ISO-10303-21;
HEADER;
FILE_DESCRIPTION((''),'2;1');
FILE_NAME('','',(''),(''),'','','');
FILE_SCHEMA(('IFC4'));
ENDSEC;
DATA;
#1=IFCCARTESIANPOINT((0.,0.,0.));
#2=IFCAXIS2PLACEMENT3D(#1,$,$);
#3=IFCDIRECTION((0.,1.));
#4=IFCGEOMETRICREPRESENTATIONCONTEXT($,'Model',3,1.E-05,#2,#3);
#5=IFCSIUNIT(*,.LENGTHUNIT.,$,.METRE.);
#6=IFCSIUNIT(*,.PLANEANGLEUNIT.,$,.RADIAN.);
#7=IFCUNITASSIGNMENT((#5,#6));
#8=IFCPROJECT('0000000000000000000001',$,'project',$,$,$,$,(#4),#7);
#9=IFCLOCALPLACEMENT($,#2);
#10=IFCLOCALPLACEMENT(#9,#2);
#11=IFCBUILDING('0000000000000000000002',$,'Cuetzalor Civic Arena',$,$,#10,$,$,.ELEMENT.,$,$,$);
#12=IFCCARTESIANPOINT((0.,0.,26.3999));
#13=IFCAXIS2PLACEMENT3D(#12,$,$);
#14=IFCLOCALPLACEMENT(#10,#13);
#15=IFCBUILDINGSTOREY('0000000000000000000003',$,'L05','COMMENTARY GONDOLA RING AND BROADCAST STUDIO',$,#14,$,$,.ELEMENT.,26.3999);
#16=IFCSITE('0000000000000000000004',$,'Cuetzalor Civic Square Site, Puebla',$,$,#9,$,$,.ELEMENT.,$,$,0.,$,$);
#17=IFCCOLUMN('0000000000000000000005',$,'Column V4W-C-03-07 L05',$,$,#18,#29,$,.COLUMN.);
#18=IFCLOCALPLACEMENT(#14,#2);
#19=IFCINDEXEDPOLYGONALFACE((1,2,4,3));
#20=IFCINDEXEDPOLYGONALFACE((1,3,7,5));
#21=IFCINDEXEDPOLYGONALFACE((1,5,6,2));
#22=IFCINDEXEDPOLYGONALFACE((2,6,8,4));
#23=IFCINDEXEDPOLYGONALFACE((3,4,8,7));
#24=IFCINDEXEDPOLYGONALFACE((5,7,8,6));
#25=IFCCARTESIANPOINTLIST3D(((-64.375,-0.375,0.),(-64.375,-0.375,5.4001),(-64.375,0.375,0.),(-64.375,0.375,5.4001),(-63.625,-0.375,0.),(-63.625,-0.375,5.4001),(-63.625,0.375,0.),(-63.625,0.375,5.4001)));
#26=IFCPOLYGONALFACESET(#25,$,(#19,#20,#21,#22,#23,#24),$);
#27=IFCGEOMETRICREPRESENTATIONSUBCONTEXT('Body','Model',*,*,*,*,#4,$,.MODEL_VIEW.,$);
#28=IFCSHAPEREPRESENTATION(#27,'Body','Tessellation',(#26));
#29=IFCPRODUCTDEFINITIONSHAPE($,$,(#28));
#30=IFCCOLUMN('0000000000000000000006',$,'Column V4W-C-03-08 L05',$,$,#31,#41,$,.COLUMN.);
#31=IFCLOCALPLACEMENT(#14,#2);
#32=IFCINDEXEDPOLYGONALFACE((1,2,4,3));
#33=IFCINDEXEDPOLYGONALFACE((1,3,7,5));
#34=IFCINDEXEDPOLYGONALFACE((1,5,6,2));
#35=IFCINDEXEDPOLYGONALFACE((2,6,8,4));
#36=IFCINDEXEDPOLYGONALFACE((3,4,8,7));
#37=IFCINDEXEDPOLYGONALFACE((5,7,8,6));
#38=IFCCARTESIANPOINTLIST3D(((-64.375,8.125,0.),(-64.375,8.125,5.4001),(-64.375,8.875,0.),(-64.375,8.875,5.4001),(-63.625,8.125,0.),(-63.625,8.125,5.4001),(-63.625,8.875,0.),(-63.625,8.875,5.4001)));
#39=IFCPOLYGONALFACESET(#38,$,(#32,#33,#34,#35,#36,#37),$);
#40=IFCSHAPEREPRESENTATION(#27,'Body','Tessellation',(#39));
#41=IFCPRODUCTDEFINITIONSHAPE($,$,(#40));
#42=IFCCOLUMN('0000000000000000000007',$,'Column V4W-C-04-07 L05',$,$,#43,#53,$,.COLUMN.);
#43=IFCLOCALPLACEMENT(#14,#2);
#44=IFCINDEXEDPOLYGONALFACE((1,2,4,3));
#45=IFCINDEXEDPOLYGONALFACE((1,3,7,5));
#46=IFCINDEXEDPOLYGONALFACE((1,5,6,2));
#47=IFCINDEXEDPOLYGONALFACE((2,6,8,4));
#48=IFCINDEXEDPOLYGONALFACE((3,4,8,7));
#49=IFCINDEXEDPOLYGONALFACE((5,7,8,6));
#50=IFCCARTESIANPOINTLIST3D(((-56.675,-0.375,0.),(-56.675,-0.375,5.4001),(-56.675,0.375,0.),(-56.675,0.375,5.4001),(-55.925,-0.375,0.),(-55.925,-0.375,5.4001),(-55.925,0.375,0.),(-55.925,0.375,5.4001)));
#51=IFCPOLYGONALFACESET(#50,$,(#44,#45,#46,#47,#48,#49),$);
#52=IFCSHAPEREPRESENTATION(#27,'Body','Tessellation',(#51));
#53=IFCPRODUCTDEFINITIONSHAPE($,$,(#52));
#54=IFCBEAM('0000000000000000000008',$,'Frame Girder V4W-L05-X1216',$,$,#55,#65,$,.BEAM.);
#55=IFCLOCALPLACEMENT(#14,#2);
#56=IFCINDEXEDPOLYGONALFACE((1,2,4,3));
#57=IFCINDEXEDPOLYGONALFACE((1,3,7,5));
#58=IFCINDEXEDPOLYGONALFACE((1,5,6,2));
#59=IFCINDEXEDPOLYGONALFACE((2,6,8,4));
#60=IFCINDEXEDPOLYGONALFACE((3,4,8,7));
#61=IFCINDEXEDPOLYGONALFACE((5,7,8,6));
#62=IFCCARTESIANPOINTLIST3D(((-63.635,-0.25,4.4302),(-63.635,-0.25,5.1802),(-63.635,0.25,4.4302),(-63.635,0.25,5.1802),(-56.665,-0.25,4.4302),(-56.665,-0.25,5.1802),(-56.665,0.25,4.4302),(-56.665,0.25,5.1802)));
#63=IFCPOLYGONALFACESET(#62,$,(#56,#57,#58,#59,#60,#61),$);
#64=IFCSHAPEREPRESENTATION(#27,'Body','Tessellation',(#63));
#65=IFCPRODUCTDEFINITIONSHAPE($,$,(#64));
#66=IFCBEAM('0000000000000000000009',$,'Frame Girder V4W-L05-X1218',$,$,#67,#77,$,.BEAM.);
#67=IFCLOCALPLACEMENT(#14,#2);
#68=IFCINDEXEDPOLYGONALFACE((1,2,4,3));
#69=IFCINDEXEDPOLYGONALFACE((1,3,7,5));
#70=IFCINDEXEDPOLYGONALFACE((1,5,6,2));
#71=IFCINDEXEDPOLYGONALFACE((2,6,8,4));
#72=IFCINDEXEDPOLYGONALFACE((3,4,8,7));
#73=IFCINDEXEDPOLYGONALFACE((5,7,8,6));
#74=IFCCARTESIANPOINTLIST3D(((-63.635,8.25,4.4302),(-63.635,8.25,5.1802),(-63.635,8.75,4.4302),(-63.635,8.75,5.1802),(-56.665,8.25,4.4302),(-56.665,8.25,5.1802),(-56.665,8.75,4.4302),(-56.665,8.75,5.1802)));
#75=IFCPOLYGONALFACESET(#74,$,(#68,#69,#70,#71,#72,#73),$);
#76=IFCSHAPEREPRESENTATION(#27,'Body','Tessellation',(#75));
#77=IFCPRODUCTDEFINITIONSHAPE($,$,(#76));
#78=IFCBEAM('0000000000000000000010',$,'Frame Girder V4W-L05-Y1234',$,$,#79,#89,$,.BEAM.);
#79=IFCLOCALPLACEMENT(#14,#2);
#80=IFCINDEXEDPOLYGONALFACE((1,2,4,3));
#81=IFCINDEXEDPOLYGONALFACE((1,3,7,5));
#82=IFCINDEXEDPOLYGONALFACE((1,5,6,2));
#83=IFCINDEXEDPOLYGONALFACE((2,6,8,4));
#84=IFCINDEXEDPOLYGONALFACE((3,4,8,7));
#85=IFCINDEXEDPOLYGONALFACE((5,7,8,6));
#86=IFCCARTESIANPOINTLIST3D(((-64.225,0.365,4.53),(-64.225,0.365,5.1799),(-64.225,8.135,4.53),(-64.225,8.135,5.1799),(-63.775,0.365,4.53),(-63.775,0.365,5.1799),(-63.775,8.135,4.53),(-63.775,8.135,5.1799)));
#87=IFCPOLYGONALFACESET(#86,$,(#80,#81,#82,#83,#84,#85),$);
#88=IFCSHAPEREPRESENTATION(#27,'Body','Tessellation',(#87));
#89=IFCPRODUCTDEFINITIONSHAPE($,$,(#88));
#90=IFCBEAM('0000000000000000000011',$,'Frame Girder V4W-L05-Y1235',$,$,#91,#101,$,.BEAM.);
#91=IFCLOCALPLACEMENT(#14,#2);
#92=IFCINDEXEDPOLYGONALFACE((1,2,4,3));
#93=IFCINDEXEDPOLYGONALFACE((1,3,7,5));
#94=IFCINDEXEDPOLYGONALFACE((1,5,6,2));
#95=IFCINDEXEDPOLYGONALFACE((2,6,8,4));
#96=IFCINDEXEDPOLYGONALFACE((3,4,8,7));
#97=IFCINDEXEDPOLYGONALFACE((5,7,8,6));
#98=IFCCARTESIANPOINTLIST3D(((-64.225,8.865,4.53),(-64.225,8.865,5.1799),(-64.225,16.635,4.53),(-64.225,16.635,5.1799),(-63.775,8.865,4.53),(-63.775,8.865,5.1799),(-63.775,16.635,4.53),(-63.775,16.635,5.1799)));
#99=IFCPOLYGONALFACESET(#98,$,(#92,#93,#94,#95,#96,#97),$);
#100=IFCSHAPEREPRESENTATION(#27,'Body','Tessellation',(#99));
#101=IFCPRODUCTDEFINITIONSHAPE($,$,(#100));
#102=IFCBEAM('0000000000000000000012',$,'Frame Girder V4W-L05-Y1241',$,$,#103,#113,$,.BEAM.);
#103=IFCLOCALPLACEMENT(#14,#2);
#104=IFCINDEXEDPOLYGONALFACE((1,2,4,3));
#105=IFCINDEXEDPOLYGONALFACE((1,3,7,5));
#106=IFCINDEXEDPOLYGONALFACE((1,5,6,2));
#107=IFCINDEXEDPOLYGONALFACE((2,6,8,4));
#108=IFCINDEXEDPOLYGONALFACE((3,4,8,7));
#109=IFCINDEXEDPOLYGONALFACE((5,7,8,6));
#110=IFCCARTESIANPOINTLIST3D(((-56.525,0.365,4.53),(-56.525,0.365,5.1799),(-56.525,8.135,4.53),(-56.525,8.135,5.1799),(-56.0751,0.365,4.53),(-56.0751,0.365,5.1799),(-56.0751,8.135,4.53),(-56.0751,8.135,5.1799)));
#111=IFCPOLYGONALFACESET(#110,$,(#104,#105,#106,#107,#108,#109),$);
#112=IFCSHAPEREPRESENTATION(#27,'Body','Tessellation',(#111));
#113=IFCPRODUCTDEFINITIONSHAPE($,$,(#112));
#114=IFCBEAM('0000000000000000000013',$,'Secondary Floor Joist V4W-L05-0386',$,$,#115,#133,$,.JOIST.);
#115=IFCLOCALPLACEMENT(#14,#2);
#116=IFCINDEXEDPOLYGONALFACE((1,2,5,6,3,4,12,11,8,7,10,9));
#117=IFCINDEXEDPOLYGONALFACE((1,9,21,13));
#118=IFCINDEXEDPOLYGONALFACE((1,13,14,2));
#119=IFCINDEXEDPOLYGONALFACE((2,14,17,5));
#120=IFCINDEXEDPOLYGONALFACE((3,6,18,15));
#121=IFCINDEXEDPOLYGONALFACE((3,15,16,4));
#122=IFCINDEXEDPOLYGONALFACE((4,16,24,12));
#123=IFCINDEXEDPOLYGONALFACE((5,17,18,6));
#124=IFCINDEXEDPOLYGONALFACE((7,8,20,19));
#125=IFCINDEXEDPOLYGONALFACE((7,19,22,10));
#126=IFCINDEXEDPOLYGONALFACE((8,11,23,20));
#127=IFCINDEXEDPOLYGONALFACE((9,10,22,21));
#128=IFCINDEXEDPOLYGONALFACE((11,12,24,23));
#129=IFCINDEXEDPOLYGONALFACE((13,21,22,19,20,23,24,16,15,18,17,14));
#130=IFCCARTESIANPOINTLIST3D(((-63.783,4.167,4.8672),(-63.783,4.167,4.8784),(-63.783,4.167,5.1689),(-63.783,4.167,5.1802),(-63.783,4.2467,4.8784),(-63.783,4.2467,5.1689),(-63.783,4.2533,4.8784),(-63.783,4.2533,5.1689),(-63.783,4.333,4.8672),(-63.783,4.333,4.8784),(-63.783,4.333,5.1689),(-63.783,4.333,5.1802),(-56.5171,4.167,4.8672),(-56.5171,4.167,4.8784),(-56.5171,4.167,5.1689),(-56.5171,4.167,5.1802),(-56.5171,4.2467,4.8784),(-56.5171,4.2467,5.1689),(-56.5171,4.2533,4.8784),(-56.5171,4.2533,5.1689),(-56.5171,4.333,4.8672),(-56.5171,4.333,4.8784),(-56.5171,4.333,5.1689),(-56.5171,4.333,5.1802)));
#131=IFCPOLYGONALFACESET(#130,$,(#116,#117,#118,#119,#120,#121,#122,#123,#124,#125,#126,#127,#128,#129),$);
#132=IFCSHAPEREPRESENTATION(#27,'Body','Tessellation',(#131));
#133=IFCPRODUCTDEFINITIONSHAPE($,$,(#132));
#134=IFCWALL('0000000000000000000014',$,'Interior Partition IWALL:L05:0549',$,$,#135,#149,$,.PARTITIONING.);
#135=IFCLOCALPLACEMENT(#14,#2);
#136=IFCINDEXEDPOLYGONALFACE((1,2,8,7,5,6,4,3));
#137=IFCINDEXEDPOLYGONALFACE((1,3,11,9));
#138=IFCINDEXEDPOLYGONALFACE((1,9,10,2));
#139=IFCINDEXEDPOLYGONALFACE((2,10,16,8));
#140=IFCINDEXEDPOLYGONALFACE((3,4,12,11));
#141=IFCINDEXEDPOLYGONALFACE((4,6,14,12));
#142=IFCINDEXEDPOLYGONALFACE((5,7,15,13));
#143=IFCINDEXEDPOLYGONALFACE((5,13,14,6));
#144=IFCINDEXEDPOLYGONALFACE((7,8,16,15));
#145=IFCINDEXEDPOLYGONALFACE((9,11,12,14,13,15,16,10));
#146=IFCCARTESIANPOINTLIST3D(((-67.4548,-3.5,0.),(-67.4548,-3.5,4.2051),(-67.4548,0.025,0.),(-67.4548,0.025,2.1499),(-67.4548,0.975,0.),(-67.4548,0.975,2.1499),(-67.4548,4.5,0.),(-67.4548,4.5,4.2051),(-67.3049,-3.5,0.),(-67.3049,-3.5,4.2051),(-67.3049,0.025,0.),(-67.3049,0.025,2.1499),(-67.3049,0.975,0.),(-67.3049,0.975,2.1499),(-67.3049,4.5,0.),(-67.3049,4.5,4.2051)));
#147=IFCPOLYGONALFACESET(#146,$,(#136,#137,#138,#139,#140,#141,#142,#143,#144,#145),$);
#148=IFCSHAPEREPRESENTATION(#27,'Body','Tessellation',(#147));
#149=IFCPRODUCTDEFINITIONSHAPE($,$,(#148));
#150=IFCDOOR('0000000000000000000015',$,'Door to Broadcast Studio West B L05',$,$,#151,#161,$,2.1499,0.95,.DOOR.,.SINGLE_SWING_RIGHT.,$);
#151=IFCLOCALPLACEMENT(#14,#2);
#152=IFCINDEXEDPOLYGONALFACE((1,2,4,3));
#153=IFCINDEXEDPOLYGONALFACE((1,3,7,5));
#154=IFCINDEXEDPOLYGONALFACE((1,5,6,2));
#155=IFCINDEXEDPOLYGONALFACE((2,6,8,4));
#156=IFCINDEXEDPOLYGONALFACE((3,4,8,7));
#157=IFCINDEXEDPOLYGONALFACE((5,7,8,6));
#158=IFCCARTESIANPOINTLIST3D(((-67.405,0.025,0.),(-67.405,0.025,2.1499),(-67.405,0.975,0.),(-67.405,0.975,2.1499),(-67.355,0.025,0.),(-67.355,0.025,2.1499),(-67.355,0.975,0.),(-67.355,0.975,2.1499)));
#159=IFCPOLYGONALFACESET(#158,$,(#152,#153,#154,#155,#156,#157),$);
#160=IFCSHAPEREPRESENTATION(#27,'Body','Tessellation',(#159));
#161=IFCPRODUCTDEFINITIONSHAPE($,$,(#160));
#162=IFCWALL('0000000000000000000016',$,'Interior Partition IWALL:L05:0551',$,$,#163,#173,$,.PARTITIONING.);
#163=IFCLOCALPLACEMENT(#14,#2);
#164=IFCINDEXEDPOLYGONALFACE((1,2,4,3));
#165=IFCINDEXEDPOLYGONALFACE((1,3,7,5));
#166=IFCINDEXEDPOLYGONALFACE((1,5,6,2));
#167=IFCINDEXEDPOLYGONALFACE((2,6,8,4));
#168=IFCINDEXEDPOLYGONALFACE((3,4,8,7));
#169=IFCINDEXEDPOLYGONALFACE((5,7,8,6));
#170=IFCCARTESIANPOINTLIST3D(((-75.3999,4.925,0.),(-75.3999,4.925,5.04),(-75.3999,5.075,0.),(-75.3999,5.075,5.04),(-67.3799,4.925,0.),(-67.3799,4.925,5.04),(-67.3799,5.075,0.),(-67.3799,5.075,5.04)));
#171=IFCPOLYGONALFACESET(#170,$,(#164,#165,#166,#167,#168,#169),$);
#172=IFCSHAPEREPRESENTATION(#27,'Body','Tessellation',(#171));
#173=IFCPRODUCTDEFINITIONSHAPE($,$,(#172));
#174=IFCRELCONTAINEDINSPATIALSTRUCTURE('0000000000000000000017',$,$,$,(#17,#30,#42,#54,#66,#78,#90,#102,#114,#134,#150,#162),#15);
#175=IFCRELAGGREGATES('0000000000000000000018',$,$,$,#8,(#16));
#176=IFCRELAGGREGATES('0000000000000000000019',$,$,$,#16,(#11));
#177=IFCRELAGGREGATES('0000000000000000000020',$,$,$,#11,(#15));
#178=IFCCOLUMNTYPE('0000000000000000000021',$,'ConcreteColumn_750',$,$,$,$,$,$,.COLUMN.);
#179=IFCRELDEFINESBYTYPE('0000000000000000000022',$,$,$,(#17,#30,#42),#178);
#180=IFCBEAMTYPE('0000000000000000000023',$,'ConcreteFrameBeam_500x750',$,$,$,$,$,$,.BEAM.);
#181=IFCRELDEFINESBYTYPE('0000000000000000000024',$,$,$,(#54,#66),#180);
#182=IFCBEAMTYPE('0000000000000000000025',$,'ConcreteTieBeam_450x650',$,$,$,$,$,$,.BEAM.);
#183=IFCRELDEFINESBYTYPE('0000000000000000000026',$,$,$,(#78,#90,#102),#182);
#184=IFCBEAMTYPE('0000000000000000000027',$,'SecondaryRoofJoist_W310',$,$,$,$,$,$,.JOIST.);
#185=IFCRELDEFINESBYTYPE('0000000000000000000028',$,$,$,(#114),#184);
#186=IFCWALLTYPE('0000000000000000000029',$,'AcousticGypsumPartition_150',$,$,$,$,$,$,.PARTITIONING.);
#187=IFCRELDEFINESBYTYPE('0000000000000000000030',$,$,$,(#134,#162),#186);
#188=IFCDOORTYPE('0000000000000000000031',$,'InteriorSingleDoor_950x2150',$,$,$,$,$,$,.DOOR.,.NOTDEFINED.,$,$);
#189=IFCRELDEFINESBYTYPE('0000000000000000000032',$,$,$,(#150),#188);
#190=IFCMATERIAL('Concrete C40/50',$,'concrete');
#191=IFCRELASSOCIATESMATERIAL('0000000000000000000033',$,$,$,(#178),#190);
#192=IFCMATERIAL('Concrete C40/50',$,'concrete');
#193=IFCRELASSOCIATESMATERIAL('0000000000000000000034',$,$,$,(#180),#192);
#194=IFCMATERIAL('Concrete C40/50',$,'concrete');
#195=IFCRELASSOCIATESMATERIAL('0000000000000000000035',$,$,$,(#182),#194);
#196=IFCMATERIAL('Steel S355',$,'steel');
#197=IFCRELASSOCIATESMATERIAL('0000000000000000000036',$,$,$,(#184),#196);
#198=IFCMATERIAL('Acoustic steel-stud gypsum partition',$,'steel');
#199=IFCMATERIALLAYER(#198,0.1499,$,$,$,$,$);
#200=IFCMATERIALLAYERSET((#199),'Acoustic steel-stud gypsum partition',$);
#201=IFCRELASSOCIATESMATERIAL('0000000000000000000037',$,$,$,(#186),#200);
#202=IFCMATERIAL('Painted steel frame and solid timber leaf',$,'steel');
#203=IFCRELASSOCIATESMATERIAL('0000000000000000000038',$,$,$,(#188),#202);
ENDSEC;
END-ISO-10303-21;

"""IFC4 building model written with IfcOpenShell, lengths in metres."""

from ifc_helpers import new_model, si_unit, direction, frame, frame_2d, origin, origin_2d, place, context, subcontext, project, spatial, rectangle, i_section, extrude, material, layer, layer_set, material_profile, profile_set, type_object, element, fill, save


model = new_model("IFC4")

# Units and contexts
model_context = context("Model", 3, precision=1e-05, world=origin(), true_north=direction((0.0, 1.0)))
body_context = subcontext(model_context, "Body", "Model", "MODEL_VIEW")
ifc_project = project(units=[si_unit("LENGTHUNIT", "METRE"), si_unit("PLANEANGLEUNIT", "RADIAN")], contexts=[model_context])

# Site, building, storey
site_placement = place(None, origin())
site = spatial("IfcSite", under=ifc_project, at=site_placement, Name="Cuetzalor Civic Square Site, Puebla", CompositionType="ELEMENT", RefElevation=0.0)
building_placement = place(site_placement, origin())
building = spatial("IfcBuilding", under=site, at=building_placement, Name="Cuetzalor Civic Arena", CompositionType="ELEMENT")
storey_placement = place(building_placement, frame((0.0, 0.0, 26.3999)))
storey = spatial("IfcBuildingStorey", under=building, at=storey_placement, Name="L05", Description="COMMENTARY GONDOLA RING AND BROADCAST STUDIO", CompositionType="ELEMENT", Elevation=26.3999)

# Columns
ifc_material_1 = material(Name="Concrete C40/50", Category="concrete")
ifc_material_profile_1 = material_profile(ifc_material_1, rectangle(XDim=0.75, YDim=0.75, at=origin_2d()), Name="RC 750x750")
ifc_profile_set_1 = profile_set([ifc_material_profile_1], Name="Concrete C40/50")
column_type = type_object("IfcColumnType", Name="ConcreteColumn_750", PredefinedType="COLUMN", material=ifc_profile_set_1)
for number, where, z_axis, x_axis, name in (
    (1, (-64.0, 0.0, 0.0), (0.0, 0.0, 1.0), (1.0, 0.0, 0.0), "Column V4W-C-03-07 L05"),
    (2, (-64.0, 8.5, 0.0), (0.0, 0.0, 1.0), (1.0, 0.0, 0.0), "Column V4W-C-03-08 L05"),
    (3, (-56.3, 0.0, 0.0), (0.0, 0.0, 1.0), (1.0, 0.0, 0.0), "Column V4W-C-04-07 L05"),
):
    element("IfcColumn", number, at=place(storey_placement, frame(where, z_axis=z_axis, x_axis=x_axis)), inside=storey, type_object=column_type, Name=name, PredefinedType="COLUMN", context=body_context, shape_type="SweptSolid", body=[
        extrude(rectangle(XDim=0.75, YDim=0.75, at=origin_2d()), origin(), (0.0, 0.0, 1.0), 5.4001),
    ])

# Beams
ifc_material_2 = material(Name="Concrete C40/50", Category="concrete")
ifc_material_profile_2 = material_profile(ifc_material_2, rectangle(XDim=0.5, YDim=0.75, at=origin_2d()), Name="RC 500x750")
ifc_profile_set_2 = profile_set([ifc_material_profile_2], Name="Concrete C40/50")
beam_type_1 = type_object("IfcBeamType", Name="ConcreteFrameBeam_500x750", PredefinedType="BEAM", material=ifc_profile_set_2)
for number, where, z_axis, x_axis, name in (
    (4, (-63.635, 0.0, 4.8052), (1.0, 0.0, 0.0), (0.0, 1.0, 0.0), "Frame Girder V4W-L05-X1216"),
    (5, (-63.635, 8.5, 4.8052), (1.0, 0.0, 0.0), (0.0, 1.0, 0.0), "Frame Girder V4W-L05-X1218"),
):
    element("IfcBeam", number, at=place(storey_placement, frame(where, z_axis=z_axis, x_axis=x_axis)), inside=storey, type_object=beam_type_1, Name=name, PredefinedType="BEAM", context=body_context, shape_type="SweptSolid", body=[
        extrude(rectangle(XDim=0.5, YDim=0.75, at=origin_2d()), origin(), (0.0, 0.0, 1.0), 6.97),
    ])
ifc_material_3 = material(Name="Concrete C40/50", Category="concrete")
ifc_material_profile_3 = material_profile(ifc_material_3, rectangle(XDim=0.45, YDim=0.6499, at=origin_2d()), Name="RC 450x650")
ifc_profile_set_3 = profile_set([ifc_material_profile_3], Name="Concrete C40/50")
beam_type_2 = type_object("IfcBeamType", Name="ConcreteTieBeam_450x650", PredefinedType="BEAM", material=ifc_profile_set_3)
for number, where, z_axis, x_axis, name in (
    (6, (-64.0, 0.365, 4.855), (0.0, 1.0, 0.0), (-1.0, 0.0, 0.0), "Frame Girder V4W-L05-Y1234"),
    (7, (-64.0, 8.865, 4.855), (0.0, 1.0, 0.0), (-1.0, 0.0, 0.0), "Frame Girder V4W-L05-Y1235"),
    (8, (-56.3, 0.365, 4.855), (0.0, 1.0, 0.0), (-1.0, 0.0, 0.0), "Frame Girder V4W-L05-Y1241"),
):
    element("IfcBeam", number, at=place(storey_placement, frame(where, z_axis=z_axis, x_axis=x_axis)), inside=storey, type_object=beam_type_2, Name=name, PredefinedType="BEAM", context=body_context, shape_type="SweptSolid", body=[
        extrude(rectangle(XDim=0.45, YDim=0.6499, at=origin_2d()), origin(), (0.0, 0.0, 1.0), 7.77),
    ])
ifc_material_4 = material(Name="Steel S355", Category="steel")
ifc_material_profile_4 = material_profile(ifc_material_4, i_section(OverallWidth=0.166, OverallDepth=0.313, WebThickness=0.0066, FlangeThickness=0.0112, at=origin_2d()), Name="W310x45")
ifc_profile_set_4 = profile_set([ifc_material_profile_4], Name="Steel S355")
beam_type_3 = type_object("IfcBeamType", Name="SecondaryRoofJoist_W310", PredefinedType="JOIST", material=ifc_profile_set_4)
beam_placement = place(storey_placement, frame((-63.783, 4.25, 5.0237), z_axis=(1.0, 0.0, 0.0), x_axis=(0.0, 1.0, 0.0)))
element("IfcBeam", 9, at=beam_placement, inside=storey, type_object=beam_type_3, Name="Secondary Floor Joist V4W-L05-0386", PredefinedType="JOIST", context=body_context, shape_type="SweptSolid", body=[
    extrude(i_section(OverallWidth=0.166, OverallDepth=0.313, WebThickness=0.0066, FlangeThickness=0.0112, at=origin_2d()), origin(), (0.0, 0.0, 1.0), 7.2659),
])

# Wall, opening, door
ifc_material_5 = material(Name="Acoustic steel-stud gypsum partition", Category="steel")
ifc_layer_1 = layer(ifc_material_5, 0.1499)
ifc_layer_set_1 = layer_set([ifc_layer_1], Name="Acoustic steel-stud gypsum partition")
wall_type_1 = type_object("IfcWallType", Name="AcousticGypsumPartition_150", PredefinedType="PARTITIONING", material=ifc_layer_set_1)
wall_1_placement = place(storey_placement, frame((-67.3799, 4.5, 0.0), z_axis=(0.0, 0.0, 1.0), x_axis=(0.0, -1.0, 0.0)))
wall_1 = element("IfcWall", 10, at=wall_1_placement, inside=storey, type_object=wall_type_1, Name="Interior Partition IWALL:L05:0549", PredefinedType="PARTITIONING", context=body_context, shape_type="SweptSolid", body=[
    extrude(rectangle(XDim=8.0, YDim=0.1499, at=frame_2d((4.0, 0.0))), origin(), (0.0, 0.0, 1.0), 4.2051),
])
opening_1_placement = place(wall_1_placement, frame((3.5249, 0.0, 0.0)))
opening_1 = element("IfcOpeningElement", 11, at=opening_1_placement, cuts=wall_1, PredefinedType="OPENING", context=body_context, shape_type="SweptSolid", body=[
    extrude(rectangle(XDim=0.95, YDim=2.1499, at=frame_2d((0.4751, 1.075))), frame((0.0, 0.085, 0.0), z_axis=(0.0, -1.0, 0.0), x_axis=(1.0, 0.0, 0.0)), (0.0, 0.0, 1.0), 0.1699),
])
ifc_material_6 = material(Name="Painted steel frame and solid timber leaf", Category="steel")
door_type_1 = type_object("IfcDoorType", Name="InteriorSingleDoor_950x2150", OperationType="NOTDEFINED", PredefinedType="DOOR", material=ifc_material_6)
door_1_placement = place(opening_1_placement, origin())
door_1 = element("IfcDoor", 12, at=door_1_placement, inside=storey, type_object=door_type_1, Name="Door to Broadcast Studio West B L05", OperationType="SINGLE_SWING_RIGHT", OverallHeight=2.1499, OverallWidth=0.95, PredefinedType="DOOR", context=body_context, shape_type="SweptSolid", body=[
    extrude(rectangle(XDim=0.95, YDim=2.1499, at=frame_2d((0.4751, 1.075))), frame((0.0, 0.0249, 0.0), z_axis=(0.0, -1.0, 0.0), x_axis=(1.0, 0.0, 0.0)), (0.0, 0.0, 1.0), 0.05),
])
fill(opening_1, door_1)

# Wall
wall_2_placement = place(storey_placement, frame((-67.3799, 5.0, 0.0), z_axis=(0.0, 0.0, 1.0), x_axis=(-1.0, 0.0, 0.0)))
element("IfcWall", 13, at=wall_2_placement, inside=storey, type_object=wall_type_1, Name="Interior Partition IWALL:L05:0551", PredefinedType="PARTITIONING", context=body_context, shape_type="SweptSolid", body=[
    extrude(rectangle(XDim=8.02, YDim=0.1499, at=frame_2d((4.01, 0.0))), origin(), (0.0, 0.0, 1.0), 5.04),
])

save(model, "model.ifc")
